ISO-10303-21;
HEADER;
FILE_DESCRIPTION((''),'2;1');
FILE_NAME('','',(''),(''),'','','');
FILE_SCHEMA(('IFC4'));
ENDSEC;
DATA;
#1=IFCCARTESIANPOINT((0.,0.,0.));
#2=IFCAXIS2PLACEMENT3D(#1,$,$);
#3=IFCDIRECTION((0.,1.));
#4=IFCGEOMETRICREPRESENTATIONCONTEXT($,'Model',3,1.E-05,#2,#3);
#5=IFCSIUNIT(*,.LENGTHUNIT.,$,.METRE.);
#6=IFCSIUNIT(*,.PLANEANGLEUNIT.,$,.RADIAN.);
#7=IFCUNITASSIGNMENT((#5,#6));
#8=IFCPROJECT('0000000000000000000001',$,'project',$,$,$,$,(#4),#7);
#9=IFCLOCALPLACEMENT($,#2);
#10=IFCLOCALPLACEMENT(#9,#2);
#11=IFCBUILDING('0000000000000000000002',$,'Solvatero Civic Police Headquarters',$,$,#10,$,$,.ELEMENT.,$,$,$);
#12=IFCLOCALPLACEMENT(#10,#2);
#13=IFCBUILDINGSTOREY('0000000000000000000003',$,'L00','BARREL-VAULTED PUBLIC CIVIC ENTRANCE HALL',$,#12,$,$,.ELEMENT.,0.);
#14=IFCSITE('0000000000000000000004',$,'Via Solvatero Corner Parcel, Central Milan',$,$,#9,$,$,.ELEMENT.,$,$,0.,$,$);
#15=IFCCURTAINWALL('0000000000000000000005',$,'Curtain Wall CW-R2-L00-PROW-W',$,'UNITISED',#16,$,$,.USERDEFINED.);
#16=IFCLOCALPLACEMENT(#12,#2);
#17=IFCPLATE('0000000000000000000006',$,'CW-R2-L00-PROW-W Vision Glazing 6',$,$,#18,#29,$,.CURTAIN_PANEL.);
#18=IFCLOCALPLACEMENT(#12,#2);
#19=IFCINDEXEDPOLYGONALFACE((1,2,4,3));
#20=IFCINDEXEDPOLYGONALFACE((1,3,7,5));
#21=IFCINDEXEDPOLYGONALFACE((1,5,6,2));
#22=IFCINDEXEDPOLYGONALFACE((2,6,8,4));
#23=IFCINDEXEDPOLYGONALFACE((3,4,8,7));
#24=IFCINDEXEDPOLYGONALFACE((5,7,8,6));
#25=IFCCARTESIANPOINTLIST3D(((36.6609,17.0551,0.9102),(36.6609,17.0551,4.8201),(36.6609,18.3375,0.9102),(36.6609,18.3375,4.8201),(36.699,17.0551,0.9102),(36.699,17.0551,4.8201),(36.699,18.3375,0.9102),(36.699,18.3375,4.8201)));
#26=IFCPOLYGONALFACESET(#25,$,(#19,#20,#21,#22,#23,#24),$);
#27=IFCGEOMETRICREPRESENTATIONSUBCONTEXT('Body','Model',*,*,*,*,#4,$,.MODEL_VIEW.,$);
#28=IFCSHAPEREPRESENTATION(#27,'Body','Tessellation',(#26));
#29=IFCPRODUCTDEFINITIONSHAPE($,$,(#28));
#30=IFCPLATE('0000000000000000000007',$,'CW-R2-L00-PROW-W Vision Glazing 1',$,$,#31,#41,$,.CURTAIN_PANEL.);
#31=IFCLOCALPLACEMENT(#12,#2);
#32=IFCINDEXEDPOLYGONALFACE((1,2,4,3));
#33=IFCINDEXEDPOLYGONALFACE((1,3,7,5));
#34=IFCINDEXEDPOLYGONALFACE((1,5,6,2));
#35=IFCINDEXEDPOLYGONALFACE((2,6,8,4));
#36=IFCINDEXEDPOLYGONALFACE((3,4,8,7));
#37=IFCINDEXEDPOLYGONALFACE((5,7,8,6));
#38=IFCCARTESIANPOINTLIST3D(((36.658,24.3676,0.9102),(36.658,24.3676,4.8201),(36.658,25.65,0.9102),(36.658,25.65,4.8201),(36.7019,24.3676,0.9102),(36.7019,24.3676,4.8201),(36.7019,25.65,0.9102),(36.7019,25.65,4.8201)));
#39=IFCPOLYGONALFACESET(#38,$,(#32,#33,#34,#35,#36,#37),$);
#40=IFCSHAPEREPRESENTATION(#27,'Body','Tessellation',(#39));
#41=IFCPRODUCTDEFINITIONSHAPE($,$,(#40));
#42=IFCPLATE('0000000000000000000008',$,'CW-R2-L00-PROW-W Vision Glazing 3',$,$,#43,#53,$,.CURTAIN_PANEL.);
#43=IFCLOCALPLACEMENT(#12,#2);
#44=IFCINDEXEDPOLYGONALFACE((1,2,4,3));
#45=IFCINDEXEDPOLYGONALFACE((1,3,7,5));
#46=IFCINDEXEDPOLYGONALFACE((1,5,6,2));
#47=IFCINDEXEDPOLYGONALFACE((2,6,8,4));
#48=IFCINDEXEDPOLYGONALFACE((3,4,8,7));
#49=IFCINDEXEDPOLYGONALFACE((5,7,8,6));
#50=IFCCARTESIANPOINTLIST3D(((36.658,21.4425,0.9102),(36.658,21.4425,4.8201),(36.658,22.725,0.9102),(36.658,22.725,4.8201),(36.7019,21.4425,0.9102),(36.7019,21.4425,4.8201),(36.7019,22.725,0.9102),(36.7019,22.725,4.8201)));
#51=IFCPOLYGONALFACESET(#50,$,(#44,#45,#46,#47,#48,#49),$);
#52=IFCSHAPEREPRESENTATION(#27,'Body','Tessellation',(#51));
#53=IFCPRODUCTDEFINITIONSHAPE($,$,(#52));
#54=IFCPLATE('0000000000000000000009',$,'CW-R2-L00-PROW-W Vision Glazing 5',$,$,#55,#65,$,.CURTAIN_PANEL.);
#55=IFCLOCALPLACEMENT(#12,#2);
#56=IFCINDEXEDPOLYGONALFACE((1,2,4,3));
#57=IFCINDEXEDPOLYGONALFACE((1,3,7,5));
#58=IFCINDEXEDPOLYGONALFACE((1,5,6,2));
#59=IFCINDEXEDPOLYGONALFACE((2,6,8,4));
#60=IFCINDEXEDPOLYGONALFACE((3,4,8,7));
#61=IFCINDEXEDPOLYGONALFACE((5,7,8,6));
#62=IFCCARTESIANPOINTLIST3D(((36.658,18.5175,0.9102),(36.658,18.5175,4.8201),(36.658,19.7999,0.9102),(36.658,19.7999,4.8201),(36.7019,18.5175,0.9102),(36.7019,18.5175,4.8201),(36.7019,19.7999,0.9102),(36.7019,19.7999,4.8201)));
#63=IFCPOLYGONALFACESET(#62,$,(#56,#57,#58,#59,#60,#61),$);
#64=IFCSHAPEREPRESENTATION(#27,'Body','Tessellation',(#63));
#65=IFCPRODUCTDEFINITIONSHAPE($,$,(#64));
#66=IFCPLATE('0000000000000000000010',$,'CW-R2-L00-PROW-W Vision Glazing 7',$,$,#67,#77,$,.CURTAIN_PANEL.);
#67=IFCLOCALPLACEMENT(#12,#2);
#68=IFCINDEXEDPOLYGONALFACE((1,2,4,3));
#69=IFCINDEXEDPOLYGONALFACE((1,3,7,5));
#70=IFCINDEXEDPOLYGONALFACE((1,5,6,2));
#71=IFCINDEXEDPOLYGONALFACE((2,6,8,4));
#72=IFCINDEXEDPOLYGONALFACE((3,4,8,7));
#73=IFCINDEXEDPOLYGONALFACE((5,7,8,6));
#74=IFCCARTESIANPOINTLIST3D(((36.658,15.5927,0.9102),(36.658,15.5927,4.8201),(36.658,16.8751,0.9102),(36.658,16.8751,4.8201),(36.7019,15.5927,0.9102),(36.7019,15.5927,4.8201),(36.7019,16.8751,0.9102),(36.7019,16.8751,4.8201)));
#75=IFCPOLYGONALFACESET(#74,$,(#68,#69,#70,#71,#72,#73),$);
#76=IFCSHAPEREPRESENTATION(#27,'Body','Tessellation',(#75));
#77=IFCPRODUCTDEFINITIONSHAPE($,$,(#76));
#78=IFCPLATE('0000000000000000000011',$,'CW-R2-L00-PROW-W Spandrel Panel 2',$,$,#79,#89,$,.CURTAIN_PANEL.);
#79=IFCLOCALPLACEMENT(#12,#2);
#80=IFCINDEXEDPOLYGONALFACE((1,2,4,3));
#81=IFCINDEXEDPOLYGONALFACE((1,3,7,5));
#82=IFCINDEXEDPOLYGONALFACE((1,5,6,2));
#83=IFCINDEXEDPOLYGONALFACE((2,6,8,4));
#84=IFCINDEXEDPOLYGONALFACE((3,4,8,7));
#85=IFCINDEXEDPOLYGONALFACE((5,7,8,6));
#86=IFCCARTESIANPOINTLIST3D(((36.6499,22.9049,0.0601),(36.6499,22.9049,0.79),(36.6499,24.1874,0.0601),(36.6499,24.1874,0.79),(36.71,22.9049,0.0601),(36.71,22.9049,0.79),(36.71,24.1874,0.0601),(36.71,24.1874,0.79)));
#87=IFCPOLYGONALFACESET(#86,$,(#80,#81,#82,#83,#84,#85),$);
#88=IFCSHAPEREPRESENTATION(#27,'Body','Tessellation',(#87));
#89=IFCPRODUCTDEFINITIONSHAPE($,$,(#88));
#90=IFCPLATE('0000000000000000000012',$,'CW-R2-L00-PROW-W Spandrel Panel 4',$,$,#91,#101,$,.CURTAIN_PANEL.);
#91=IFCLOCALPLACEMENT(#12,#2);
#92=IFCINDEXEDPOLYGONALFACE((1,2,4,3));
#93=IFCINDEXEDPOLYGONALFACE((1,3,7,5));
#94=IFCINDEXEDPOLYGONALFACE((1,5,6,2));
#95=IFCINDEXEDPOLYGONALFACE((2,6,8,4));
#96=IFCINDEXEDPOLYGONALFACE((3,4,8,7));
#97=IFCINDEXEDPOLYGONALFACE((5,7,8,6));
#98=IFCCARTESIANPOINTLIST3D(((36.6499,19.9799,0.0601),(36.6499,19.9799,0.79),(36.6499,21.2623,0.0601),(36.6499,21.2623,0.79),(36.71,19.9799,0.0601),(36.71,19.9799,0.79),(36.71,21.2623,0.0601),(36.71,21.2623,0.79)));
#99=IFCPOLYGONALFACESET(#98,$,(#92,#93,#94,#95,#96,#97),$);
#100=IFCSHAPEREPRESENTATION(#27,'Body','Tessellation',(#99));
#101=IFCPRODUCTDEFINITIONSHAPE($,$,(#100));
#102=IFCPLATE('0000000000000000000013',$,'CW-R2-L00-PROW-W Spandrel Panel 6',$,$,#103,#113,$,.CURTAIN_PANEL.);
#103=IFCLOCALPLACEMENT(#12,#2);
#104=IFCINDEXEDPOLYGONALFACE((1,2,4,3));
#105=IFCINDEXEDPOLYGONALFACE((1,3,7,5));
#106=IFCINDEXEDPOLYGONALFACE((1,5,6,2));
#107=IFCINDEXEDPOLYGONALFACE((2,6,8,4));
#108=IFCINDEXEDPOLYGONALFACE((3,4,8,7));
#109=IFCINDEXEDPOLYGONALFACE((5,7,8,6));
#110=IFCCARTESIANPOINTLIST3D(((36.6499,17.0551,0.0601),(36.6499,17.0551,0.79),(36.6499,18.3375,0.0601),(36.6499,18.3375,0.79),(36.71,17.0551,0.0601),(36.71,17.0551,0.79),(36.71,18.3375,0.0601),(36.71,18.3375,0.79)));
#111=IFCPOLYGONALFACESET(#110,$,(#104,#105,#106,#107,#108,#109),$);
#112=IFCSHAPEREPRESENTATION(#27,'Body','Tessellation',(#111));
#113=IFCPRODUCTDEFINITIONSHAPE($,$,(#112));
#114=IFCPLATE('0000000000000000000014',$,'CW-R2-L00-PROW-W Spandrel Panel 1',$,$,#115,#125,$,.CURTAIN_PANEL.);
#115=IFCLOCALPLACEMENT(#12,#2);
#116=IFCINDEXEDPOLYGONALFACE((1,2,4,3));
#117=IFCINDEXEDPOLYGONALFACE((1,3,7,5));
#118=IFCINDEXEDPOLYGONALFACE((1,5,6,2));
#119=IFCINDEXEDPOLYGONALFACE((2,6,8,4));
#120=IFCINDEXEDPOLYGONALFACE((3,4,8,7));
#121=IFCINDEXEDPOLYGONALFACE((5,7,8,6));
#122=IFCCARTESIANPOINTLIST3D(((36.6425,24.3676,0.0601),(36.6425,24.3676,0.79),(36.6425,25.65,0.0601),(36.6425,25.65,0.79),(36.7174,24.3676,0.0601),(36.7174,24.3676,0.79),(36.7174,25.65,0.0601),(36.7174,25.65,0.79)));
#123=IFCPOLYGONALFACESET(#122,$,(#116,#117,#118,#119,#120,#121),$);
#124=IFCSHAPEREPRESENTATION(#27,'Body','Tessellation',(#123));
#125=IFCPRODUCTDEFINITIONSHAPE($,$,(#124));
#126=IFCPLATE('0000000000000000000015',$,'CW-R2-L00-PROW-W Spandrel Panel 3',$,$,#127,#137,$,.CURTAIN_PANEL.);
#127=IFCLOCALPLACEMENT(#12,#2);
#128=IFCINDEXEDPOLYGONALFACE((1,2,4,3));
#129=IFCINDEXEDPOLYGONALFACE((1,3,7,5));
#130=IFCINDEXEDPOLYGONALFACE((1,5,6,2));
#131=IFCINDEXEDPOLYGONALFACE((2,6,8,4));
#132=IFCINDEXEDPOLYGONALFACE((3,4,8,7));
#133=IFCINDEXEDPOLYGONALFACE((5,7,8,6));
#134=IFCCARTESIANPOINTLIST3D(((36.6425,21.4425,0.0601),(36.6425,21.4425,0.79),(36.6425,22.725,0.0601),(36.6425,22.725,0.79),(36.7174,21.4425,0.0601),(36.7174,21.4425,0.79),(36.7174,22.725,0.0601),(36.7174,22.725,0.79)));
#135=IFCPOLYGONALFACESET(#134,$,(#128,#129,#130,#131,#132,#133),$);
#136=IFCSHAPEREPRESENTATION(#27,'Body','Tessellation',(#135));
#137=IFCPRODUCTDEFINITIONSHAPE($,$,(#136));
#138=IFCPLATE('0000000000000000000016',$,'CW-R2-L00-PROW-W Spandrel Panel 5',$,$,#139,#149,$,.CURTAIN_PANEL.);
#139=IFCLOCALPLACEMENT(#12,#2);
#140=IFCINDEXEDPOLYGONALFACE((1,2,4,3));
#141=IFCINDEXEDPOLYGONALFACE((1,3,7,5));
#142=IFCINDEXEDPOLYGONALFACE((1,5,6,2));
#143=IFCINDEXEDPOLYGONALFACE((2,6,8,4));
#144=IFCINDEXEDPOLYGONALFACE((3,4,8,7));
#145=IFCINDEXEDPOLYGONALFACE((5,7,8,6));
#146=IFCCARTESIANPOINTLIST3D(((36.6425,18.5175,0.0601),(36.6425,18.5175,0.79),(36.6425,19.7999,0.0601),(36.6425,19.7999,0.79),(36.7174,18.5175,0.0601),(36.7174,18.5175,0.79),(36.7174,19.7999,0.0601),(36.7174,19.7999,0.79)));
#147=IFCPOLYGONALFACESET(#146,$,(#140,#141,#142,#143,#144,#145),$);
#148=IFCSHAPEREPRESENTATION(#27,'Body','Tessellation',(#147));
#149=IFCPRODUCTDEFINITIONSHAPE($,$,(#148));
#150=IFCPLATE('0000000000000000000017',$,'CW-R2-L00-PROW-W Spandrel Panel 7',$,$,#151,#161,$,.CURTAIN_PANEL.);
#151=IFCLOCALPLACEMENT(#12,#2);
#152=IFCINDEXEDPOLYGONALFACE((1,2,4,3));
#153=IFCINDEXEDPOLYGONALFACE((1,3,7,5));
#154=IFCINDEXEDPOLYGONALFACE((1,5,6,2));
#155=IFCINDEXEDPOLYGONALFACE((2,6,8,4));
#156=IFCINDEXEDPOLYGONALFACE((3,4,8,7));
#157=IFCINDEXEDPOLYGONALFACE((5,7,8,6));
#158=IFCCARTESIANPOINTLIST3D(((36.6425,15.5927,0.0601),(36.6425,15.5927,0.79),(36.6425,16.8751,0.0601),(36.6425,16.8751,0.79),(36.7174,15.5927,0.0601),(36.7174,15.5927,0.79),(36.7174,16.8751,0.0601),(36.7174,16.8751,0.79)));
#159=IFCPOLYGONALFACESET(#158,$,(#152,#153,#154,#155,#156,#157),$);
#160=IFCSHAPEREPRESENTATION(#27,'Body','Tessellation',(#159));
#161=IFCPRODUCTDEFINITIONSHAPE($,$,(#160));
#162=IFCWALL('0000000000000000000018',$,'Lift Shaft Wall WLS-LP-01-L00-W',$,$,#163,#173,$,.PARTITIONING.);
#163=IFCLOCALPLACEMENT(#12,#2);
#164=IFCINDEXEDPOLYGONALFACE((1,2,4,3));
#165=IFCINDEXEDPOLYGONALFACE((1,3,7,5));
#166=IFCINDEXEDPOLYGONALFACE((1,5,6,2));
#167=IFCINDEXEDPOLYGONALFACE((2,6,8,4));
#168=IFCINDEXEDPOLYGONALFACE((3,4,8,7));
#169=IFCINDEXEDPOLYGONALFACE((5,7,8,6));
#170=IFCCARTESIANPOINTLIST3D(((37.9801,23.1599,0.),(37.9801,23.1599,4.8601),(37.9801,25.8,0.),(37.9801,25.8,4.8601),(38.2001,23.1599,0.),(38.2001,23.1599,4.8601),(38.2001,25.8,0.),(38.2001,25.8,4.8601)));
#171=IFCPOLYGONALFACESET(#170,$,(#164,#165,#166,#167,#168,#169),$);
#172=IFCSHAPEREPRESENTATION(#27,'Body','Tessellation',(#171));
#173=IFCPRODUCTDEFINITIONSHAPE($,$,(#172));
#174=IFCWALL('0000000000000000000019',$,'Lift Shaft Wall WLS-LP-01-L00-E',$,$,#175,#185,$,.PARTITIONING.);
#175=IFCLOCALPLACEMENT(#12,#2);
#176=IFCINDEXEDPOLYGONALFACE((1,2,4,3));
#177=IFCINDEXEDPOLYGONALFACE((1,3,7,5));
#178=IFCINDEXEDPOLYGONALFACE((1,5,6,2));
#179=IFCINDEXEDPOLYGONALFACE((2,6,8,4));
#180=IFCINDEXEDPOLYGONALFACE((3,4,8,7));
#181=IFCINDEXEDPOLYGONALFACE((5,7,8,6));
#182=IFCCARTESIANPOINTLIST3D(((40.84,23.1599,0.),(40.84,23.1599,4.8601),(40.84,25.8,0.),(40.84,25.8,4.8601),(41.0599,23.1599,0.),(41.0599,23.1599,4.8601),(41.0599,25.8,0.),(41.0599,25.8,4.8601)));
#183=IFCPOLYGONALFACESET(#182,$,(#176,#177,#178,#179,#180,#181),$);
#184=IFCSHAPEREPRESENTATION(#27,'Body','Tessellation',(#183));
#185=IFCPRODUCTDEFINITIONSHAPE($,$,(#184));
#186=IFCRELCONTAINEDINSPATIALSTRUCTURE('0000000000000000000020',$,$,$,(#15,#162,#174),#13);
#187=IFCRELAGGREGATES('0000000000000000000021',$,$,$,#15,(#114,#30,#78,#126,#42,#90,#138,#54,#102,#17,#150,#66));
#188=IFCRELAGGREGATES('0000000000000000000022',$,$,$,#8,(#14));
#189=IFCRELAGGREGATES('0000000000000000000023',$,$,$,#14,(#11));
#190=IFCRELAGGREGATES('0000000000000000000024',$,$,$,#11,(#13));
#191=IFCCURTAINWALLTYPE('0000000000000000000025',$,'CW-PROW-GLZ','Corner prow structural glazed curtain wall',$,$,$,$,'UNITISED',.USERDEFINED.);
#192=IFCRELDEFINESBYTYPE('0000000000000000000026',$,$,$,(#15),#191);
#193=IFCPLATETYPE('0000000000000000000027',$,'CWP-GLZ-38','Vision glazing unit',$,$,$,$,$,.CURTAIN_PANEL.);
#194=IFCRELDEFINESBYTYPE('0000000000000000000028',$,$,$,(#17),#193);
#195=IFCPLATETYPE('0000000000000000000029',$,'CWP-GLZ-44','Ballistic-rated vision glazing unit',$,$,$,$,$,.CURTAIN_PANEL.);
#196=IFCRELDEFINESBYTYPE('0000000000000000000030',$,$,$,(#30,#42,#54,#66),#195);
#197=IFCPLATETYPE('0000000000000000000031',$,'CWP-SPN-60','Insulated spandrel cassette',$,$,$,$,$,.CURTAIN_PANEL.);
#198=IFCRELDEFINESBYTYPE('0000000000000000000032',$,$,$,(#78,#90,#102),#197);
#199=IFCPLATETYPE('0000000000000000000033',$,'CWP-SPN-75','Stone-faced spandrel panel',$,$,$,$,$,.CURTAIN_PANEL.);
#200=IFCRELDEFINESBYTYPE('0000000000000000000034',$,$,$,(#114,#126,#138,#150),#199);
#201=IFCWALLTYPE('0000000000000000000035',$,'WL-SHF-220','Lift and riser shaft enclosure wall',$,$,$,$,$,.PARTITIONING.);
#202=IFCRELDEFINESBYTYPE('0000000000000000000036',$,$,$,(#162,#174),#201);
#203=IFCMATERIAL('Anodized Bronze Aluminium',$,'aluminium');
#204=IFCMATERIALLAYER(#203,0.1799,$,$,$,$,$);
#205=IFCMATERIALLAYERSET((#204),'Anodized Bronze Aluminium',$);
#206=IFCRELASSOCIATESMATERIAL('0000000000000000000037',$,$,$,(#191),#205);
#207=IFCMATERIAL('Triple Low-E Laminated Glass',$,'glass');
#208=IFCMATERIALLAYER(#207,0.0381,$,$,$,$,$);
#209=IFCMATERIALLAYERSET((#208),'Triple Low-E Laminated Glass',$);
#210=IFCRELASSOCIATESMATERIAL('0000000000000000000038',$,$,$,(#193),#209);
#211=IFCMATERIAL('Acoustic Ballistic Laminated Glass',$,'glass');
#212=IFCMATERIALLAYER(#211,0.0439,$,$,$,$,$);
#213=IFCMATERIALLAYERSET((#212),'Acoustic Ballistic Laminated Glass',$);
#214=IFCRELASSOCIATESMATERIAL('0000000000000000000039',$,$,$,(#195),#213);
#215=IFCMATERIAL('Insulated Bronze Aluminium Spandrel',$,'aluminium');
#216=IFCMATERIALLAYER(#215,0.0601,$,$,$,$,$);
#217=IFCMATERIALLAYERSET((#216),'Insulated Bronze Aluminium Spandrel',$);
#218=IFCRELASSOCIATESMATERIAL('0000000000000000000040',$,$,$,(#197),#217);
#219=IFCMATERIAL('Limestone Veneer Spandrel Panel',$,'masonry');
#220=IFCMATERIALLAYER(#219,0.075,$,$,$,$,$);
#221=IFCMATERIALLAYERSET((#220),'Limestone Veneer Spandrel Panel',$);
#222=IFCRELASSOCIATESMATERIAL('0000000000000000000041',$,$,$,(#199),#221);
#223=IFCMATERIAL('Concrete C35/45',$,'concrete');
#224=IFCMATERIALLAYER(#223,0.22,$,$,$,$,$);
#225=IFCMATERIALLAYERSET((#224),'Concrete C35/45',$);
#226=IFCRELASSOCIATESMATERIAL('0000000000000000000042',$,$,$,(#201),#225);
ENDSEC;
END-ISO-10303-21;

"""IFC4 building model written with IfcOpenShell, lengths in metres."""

from ifc_helpers import new_model, si_unit, direction, frame, frame_2d, origin, origin_2d, place, context, subcontext, project, spatial, rectangle, extrude, material, layer, layer_set, type_object, element, aggregate, save


model = new_model("IFC4")

# Units and contexts
model_context = context("Model", 3, precision=1e-05, world=origin(), true_north=direction((0.0, 1.0)))
body_context = subcontext(model_context, "Body", "Model", "MODEL_VIEW")
ifc_project = project(units=[si_unit("LENGTHUNIT", "METRE"), si_unit("PLANEANGLEUNIT", "RADIAN")], contexts=[model_context])

# Site, building, storey
site_placement = place(None, origin())
site = spatial("IfcSite", under=ifc_project, at=site_placement, Name="Via Solvatero Corner Parcel, Central Milan", CompositionType="ELEMENT", RefElevation=0.0)
building_placement = place(site_placement, origin())
building = spatial("IfcBuilding", under=site, at=building_placement, Name="Solvatero Civic Police Headquarters", CompositionType="ELEMENT")
storey_placement = place(building_placement, origin())
storey = spatial("IfcBuildingStorey", under=building, at=storey_placement, Name="L00", Description="BARREL-VAULTED PUBLIC CIVIC ENTRANCE HALL", CompositionType="ELEMENT", Elevation=0.0)

# Curtain wall, plates
ifc_material_1 = material(Name="Anodized Bronze Aluminium", Category="aluminium")
ifc_layer_1 = layer(ifc_material_1, 0.1799)
ifc_layer_set_1 = layer_set([ifc_layer_1], Name="Anodized Bronze Aluminium")
curtain_wall_type = type_object("IfcCurtainWallType", Name="CW-PROW-GLZ", Description="Corner prow structural glazed curtain wall", ElementType="UNITISED", PredefinedType="USERDEFINED", material=ifc_layer_set_1)
curtain_wall_placement = place(storey_placement, origin())
curtain_wall = element("IfcCurtainWall", 1, at=curtain_wall_placement, inside=storey, type_object=curtain_wall_type, Name="Curtain Wall CW-R2-L00-PROW-W", ObjectType="UNITISED", PredefinedType="USERDEFINED")
ifc_material_2 = material(Name="Triple Low-E Laminated Glass", Category="glass")
ifc_layer_2 = layer(ifc_material_2, 0.0381)
ifc_layer_set_2 = layer_set([ifc_layer_2], Name="Triple Low-E Laminated Glass")
plate_type_1 = type_object("IfcPlateType", Name="CWP-GLZ-38", Description="Vision glazing unit", PredefinedType="CURTAIN_PANEL", material=ifc_layer_set_2)
plate_1_placement = place(storey_placement, frame((36.6799, 17.6963, 0.9102), z_axis=(0.0, 0.0, 1.0), x_axis=(0.0, -1.0, 0.0)))
plate_1 = element("IfcPlate", 2, at=plate_1_placement, type_object=plate_type_1, Name="CW-R2-L00-PROW-W Vision Glazing 6", PredefinedType="CURTAIN_PANEL", context=body_context, shape_type="SweptSolid", body=[
    extrude(rectangle(XDim=1.2825, YDim=0.0381, at=origin_2d()), origin(), (0.0, 0.0, 1.0), 3.9099),
])
ifc_material_3 = material(Name="Acoustic Ballistic Laminated Glass", Category="glass")
ifc_layer_3 = layer(ifc_material_3, 0.0439)
ifc_layer_set_3 = layer_set([ifc_layer_3], Name="Acoustic Ballistic Laminated Glass")
plate_type_2 = type_object("IfcPlateType", Name="CWP-GLZ-44", Description="Ballistic-rated vision glazing unit", PredefinedType="CURTAIN_PANEL", material=ifc_layer_set_3)
plate_2_placement = place(storey_placement, frame((36.6799, 25.0088, 0.9102), z_axis=(0.0, 0.0, 1.0), x_axis=(0.0, -1.0, 0.0)))
plate_2 = element("IfcPlate", 3, at=plate_2_placement, type_object=plate_type_2, Name="CW-R2-L00-PROW-W Vision Glazing 1", PredefinedType="CURTAIN_PANEL", context=body_context, shape_type="SweptSolid", body=[
    extrude(rectangle(XDim=1.2825, YDim=0.0439, at=origin_2d()), origin(), (0.0, 0.0, 1.0), 3.9099),
])
plate_3_placement = place(storey_placement, frame((36.6799, 22.0837, 0.9102), z_axis=(0.0, 0.0, 1.0), x_axis=(0.0, -1.0, 0.0)))
plate_3 = element("IfcPlate", 4, at=plate_3_placement, type_object=plate_type_2, Name="CW-R2-L00-PROW-W Vision Glazing 3", PredefinedType="CURTAIN_PANEL", context=body_context, shape_type="SweptSolid", body=[
    extrude(rectangle(XDim=1.2825, YDim=0.0439, at=origin_2d()), origin(), (0.0, 0.0, 1.0), 3.9099),
])
plate_4_placement = place(storey_placement, frame((36.6799, 19.1587, 0.9102), z_axis=(0.0, 0.0, 1.0), x_axis=(0.0, -1.0, 0.0)))
plate_4 = element("IfcPlate", 5, at=plate_4_placement, type_object=plate_type_2, Name="CW-R2-L00-PROW-W Vision Glazing 5", PredefinedType="CURTAIN_PANEL", context=body_context, shape_type="SweptSolid", body=[
    extrude(rectangle(XDim=1.2825, YDim=0.0439, at=origin_2d()), origin(), (0.0, 0.0, 1.0), 3.9099),
])
plate_5_placement = place(storey_placement, frame((36.6799, 16.2339, 0.9102), z_axis=(0.0, 0.0, 1.0), x_axis=(0.0, -1.0, 0.0)))
plate_5 = element("IfcPlate", 6, at=plate_5_placement, type_object=plate_type_2, Name="CW-R2-L00-PROW-W Vision Glazing 7", PredefinedType="CURTAIN_PANEL", context=body_context, shape_type="SweptSolid", body=[
    extrude(rectangle(XDim=1.2825, YDim=0.0439, at=origin_2d()), origin(), (0.0, 0.0, 1.0), 3.9099),
])
ifc_material_4 = material(Name="Insulated Bronze Aluminium Spandrel", Category="aluminium")
ifc_layer_4 = layer(ifc_material_4, 0.0601)
ifc_layer_set_4 = layer_set([ifc_layer_4], Name="Insulated Bronze Aluminium Spandrel")
plate_type_3 = type_object("IfcPlateType", Name="CWP-SPN-60", Description="Insulated spandrel cassette", PredefinedType="CURTAIN_PANEL", material=ifc_layer_set_4)
plate_6_placement = place(storey_placement, frame((36.6799, 23.5461, 0.0601), z_axis=(0.0, 0.0, 1.0), x_axis=(0.0, -1.0, 0.0)))
plate_6 = element("IfcPlate", 7, at=plate_6_placement, type_object=plate_type_3, Name="CW-R2-L00-PROW-W Spandrel Panel 2", PredefinedType="CURTAIN_PANEL", context=body_context, shape_type="SweptSolid", body=[
    extrude(rectangle(XDim=1.2825, YDim=0.0601, at=origin_2d()), origin(), (0.0, 0.0, 1.0), 0.73),
])
plate_7_placement = place(storey_placement, frame((36.6799, 20.6211, 0.0601), z_axis=(0.0, 0.0, 1.0), x_axis=(0.0, -1.0, 0.0)))
plate_7 = element("IfcPlate", 8, at=plate_7_placement, type_object=plate_type_3, Name="CW-R2-L00-PROW-W Spandrel Panel 4", PredefinedType="CURTAIN_PANEL", context=body_context, shape_type="SweptSolid", body=[
    extrude(rectangle(XDim=1.2825, YDim=0.0601, at=origin_2d()), origin(), (0.0, 0.0, 1.0), 0.73),
])
plate_8_placement = place(storey_placement, frame((36.6799, 17.6963, 0.0601), z_axis=(0.0, 0.0, 1.0), x_axis=(0.0, -1.0, 0.0)))
plate_8 = element("IfcPlate", 9, at=plate_8_placement, type_object=plate_type_3, Name="CW-R2-L00-PROW-W Spandrel Panel 6", PredefinedType="CURTAIN_PANEL", context=body_context, shape_type="SweptSolid", body=[
    extrude(rectangle(XDim=1.2825, YDim=0.0601, at=origin_2d()), origin(), (0.0, 0.0, 1.0), 0.73),
])
ifc_material_5 = material(Name="Limestone Veneer Spandrel Panel", Category="masonry")
ifc_layer_5 = layer(ifc_material_5, 0.075)
ifc_layer_set_5 = layer_set([ifc_layer_5], Name="Limestone Veneer Spandrel Panel")
plate_type_4 = type_object("IfcPlateType", Name="CWP-SPN-75", Description="Stone-faced spandrel panel", PredefinedType="CURTAIN_PANEL", material=ifc_layer_set_5)
plate_9_placement = place(storey_placement, frame((36.6799, 25.0088, 0.0601), z_axis=(0.0, 0.0, 1.0), x_axis=(0.0, -1.0, 0.0)))
plate_9 = element("IfcPlate", 10, at=plate_9_placement, type_object=plate_type_4, Name="CW-R2-L00-PROW-W Spandrel Panel 1", PredefinedType="CURTAIN_PANEL", context=body_context, shape_type="SweptSolid", body=[
    extrude(rectangle(XDim=1.2825, YDim=0.075, at=origin_2d()), origin(), (0.0, 0.0, 1.0), 0.73),
])
plate_10_placement = place(storey_placement, frame((36.6799, 22.0837, 0.0601), z_axis=(0.0, 0.0, 1.0), x_axis=(0.0, -1.0, 0.0)))
plate_10 = element("IfcPlate", 11, at=plate_10_placement, type_object=plate_type_4, Name="CW-R2-L00-PROW-W Spandrel Panel 3", PredefinedType="CURTAIN_PANEL", context=body_context, shape_type="SweptSolid", body=[
    extrude(rectangle(XDim=1.2825, YDim=0.075, at=origin_2d()), origin(), (0.0, 0.0, 1.0), 0.73),
])
plate_11_placement = place(storey_placement, frame((36.6799, 19.1587, 0.0601), z_axis=(0.0, 0.0, 1.0), x_axis=(0.0, -1.0, 0.0)))
plate_11 = element("IfcPlate", 12, at=plate_11_placement, type_object=plate_type_4, Name="CW-R2-L00-PROW-W Spandrel Panel 5", PredefinedType="CURTAIN_PANEL", context=body_context, shape_type="SweptSolid", body=[
    extrude(rectangle(XDim=1.2825, YDim=0.075, at=origin_2d()), origin(), (0.0, 0.0, 1.0), 0.73),
])
plate_12_placement = place(storey_placement, frame((36.6799, 16.2339, 0.0601), z_axis=(0.0, 0.0, 1.0), x_axis=(0.0, -1.0, 0.0)))
plate_12 = element("IfcPlate", 13, at=plate_12_placement, type_object=plate_type_4, Name="CW-R2-L00-PROW-W Spandrel Panel 7", PredefinedType="CURTAIN_PANEL", context=body_context, shape_type="SweptSolid", body=[
    extrude(rectangle(XDim=1.2825, YDim=0.075, at=origin_2d()), origin(), (0.0, 0.0, 1.0), 0.73),
])
aggregate(curtain_wall, [plate_9, plate_2, plate_6, plate_10, plate_3, plate_7, plate_11, plate_4, plate_8, plate_1, plate_12, plate_5])

# Walls
ifc_material_6 = material(Name="Concrete C35/45", Category="concrete")
ifc_layer_6 = layer(ifc_material_6, 0.22)
ifc_layer_set_6 = layer_set([ifc_layer_6], Name="Concrete C35/45")
wall_type_1 = type_object("IfcWallType", Name="WL-SHF-220", Description="Lift and riser shaft enclosure wall", PredefinedType="PARTITIONING", material=ifc_layer_set_6)
for number, where, z_axis, x_axis, name in (
    (14, (38.0901, 23.1599, 0.0), (0.0, 0.0, 1.0), (0.0, 1.0, 0.0), "Lift Shaft Wall WLS-LP-01-L00-W"),
    (15, (40.95, 23.1599, 0.0), (0.0, 0.0, 1.0), (0.0, 1.0, 0.0), "Lift Shaft Wall WLS-LP-01-L00-E"),
):
    element("IfcWall", number, at=place(storey_placement, frame(where, z_axis=z_axis, x_axis=x_axis)), inside=storey, type_object=wall_type_1, Name=name, PredefinedType="PARTITIONING", context=body_context, shape_type="SweptSolid", body=[
        extrude(rectangle(XDim=2.6401, YDim=0.22, at=frame_2d((1.3201, 0.0))), origin(), (0.0, 0.0, 1.0), 4.8601),
    ])

save(model, "model.ifc")
